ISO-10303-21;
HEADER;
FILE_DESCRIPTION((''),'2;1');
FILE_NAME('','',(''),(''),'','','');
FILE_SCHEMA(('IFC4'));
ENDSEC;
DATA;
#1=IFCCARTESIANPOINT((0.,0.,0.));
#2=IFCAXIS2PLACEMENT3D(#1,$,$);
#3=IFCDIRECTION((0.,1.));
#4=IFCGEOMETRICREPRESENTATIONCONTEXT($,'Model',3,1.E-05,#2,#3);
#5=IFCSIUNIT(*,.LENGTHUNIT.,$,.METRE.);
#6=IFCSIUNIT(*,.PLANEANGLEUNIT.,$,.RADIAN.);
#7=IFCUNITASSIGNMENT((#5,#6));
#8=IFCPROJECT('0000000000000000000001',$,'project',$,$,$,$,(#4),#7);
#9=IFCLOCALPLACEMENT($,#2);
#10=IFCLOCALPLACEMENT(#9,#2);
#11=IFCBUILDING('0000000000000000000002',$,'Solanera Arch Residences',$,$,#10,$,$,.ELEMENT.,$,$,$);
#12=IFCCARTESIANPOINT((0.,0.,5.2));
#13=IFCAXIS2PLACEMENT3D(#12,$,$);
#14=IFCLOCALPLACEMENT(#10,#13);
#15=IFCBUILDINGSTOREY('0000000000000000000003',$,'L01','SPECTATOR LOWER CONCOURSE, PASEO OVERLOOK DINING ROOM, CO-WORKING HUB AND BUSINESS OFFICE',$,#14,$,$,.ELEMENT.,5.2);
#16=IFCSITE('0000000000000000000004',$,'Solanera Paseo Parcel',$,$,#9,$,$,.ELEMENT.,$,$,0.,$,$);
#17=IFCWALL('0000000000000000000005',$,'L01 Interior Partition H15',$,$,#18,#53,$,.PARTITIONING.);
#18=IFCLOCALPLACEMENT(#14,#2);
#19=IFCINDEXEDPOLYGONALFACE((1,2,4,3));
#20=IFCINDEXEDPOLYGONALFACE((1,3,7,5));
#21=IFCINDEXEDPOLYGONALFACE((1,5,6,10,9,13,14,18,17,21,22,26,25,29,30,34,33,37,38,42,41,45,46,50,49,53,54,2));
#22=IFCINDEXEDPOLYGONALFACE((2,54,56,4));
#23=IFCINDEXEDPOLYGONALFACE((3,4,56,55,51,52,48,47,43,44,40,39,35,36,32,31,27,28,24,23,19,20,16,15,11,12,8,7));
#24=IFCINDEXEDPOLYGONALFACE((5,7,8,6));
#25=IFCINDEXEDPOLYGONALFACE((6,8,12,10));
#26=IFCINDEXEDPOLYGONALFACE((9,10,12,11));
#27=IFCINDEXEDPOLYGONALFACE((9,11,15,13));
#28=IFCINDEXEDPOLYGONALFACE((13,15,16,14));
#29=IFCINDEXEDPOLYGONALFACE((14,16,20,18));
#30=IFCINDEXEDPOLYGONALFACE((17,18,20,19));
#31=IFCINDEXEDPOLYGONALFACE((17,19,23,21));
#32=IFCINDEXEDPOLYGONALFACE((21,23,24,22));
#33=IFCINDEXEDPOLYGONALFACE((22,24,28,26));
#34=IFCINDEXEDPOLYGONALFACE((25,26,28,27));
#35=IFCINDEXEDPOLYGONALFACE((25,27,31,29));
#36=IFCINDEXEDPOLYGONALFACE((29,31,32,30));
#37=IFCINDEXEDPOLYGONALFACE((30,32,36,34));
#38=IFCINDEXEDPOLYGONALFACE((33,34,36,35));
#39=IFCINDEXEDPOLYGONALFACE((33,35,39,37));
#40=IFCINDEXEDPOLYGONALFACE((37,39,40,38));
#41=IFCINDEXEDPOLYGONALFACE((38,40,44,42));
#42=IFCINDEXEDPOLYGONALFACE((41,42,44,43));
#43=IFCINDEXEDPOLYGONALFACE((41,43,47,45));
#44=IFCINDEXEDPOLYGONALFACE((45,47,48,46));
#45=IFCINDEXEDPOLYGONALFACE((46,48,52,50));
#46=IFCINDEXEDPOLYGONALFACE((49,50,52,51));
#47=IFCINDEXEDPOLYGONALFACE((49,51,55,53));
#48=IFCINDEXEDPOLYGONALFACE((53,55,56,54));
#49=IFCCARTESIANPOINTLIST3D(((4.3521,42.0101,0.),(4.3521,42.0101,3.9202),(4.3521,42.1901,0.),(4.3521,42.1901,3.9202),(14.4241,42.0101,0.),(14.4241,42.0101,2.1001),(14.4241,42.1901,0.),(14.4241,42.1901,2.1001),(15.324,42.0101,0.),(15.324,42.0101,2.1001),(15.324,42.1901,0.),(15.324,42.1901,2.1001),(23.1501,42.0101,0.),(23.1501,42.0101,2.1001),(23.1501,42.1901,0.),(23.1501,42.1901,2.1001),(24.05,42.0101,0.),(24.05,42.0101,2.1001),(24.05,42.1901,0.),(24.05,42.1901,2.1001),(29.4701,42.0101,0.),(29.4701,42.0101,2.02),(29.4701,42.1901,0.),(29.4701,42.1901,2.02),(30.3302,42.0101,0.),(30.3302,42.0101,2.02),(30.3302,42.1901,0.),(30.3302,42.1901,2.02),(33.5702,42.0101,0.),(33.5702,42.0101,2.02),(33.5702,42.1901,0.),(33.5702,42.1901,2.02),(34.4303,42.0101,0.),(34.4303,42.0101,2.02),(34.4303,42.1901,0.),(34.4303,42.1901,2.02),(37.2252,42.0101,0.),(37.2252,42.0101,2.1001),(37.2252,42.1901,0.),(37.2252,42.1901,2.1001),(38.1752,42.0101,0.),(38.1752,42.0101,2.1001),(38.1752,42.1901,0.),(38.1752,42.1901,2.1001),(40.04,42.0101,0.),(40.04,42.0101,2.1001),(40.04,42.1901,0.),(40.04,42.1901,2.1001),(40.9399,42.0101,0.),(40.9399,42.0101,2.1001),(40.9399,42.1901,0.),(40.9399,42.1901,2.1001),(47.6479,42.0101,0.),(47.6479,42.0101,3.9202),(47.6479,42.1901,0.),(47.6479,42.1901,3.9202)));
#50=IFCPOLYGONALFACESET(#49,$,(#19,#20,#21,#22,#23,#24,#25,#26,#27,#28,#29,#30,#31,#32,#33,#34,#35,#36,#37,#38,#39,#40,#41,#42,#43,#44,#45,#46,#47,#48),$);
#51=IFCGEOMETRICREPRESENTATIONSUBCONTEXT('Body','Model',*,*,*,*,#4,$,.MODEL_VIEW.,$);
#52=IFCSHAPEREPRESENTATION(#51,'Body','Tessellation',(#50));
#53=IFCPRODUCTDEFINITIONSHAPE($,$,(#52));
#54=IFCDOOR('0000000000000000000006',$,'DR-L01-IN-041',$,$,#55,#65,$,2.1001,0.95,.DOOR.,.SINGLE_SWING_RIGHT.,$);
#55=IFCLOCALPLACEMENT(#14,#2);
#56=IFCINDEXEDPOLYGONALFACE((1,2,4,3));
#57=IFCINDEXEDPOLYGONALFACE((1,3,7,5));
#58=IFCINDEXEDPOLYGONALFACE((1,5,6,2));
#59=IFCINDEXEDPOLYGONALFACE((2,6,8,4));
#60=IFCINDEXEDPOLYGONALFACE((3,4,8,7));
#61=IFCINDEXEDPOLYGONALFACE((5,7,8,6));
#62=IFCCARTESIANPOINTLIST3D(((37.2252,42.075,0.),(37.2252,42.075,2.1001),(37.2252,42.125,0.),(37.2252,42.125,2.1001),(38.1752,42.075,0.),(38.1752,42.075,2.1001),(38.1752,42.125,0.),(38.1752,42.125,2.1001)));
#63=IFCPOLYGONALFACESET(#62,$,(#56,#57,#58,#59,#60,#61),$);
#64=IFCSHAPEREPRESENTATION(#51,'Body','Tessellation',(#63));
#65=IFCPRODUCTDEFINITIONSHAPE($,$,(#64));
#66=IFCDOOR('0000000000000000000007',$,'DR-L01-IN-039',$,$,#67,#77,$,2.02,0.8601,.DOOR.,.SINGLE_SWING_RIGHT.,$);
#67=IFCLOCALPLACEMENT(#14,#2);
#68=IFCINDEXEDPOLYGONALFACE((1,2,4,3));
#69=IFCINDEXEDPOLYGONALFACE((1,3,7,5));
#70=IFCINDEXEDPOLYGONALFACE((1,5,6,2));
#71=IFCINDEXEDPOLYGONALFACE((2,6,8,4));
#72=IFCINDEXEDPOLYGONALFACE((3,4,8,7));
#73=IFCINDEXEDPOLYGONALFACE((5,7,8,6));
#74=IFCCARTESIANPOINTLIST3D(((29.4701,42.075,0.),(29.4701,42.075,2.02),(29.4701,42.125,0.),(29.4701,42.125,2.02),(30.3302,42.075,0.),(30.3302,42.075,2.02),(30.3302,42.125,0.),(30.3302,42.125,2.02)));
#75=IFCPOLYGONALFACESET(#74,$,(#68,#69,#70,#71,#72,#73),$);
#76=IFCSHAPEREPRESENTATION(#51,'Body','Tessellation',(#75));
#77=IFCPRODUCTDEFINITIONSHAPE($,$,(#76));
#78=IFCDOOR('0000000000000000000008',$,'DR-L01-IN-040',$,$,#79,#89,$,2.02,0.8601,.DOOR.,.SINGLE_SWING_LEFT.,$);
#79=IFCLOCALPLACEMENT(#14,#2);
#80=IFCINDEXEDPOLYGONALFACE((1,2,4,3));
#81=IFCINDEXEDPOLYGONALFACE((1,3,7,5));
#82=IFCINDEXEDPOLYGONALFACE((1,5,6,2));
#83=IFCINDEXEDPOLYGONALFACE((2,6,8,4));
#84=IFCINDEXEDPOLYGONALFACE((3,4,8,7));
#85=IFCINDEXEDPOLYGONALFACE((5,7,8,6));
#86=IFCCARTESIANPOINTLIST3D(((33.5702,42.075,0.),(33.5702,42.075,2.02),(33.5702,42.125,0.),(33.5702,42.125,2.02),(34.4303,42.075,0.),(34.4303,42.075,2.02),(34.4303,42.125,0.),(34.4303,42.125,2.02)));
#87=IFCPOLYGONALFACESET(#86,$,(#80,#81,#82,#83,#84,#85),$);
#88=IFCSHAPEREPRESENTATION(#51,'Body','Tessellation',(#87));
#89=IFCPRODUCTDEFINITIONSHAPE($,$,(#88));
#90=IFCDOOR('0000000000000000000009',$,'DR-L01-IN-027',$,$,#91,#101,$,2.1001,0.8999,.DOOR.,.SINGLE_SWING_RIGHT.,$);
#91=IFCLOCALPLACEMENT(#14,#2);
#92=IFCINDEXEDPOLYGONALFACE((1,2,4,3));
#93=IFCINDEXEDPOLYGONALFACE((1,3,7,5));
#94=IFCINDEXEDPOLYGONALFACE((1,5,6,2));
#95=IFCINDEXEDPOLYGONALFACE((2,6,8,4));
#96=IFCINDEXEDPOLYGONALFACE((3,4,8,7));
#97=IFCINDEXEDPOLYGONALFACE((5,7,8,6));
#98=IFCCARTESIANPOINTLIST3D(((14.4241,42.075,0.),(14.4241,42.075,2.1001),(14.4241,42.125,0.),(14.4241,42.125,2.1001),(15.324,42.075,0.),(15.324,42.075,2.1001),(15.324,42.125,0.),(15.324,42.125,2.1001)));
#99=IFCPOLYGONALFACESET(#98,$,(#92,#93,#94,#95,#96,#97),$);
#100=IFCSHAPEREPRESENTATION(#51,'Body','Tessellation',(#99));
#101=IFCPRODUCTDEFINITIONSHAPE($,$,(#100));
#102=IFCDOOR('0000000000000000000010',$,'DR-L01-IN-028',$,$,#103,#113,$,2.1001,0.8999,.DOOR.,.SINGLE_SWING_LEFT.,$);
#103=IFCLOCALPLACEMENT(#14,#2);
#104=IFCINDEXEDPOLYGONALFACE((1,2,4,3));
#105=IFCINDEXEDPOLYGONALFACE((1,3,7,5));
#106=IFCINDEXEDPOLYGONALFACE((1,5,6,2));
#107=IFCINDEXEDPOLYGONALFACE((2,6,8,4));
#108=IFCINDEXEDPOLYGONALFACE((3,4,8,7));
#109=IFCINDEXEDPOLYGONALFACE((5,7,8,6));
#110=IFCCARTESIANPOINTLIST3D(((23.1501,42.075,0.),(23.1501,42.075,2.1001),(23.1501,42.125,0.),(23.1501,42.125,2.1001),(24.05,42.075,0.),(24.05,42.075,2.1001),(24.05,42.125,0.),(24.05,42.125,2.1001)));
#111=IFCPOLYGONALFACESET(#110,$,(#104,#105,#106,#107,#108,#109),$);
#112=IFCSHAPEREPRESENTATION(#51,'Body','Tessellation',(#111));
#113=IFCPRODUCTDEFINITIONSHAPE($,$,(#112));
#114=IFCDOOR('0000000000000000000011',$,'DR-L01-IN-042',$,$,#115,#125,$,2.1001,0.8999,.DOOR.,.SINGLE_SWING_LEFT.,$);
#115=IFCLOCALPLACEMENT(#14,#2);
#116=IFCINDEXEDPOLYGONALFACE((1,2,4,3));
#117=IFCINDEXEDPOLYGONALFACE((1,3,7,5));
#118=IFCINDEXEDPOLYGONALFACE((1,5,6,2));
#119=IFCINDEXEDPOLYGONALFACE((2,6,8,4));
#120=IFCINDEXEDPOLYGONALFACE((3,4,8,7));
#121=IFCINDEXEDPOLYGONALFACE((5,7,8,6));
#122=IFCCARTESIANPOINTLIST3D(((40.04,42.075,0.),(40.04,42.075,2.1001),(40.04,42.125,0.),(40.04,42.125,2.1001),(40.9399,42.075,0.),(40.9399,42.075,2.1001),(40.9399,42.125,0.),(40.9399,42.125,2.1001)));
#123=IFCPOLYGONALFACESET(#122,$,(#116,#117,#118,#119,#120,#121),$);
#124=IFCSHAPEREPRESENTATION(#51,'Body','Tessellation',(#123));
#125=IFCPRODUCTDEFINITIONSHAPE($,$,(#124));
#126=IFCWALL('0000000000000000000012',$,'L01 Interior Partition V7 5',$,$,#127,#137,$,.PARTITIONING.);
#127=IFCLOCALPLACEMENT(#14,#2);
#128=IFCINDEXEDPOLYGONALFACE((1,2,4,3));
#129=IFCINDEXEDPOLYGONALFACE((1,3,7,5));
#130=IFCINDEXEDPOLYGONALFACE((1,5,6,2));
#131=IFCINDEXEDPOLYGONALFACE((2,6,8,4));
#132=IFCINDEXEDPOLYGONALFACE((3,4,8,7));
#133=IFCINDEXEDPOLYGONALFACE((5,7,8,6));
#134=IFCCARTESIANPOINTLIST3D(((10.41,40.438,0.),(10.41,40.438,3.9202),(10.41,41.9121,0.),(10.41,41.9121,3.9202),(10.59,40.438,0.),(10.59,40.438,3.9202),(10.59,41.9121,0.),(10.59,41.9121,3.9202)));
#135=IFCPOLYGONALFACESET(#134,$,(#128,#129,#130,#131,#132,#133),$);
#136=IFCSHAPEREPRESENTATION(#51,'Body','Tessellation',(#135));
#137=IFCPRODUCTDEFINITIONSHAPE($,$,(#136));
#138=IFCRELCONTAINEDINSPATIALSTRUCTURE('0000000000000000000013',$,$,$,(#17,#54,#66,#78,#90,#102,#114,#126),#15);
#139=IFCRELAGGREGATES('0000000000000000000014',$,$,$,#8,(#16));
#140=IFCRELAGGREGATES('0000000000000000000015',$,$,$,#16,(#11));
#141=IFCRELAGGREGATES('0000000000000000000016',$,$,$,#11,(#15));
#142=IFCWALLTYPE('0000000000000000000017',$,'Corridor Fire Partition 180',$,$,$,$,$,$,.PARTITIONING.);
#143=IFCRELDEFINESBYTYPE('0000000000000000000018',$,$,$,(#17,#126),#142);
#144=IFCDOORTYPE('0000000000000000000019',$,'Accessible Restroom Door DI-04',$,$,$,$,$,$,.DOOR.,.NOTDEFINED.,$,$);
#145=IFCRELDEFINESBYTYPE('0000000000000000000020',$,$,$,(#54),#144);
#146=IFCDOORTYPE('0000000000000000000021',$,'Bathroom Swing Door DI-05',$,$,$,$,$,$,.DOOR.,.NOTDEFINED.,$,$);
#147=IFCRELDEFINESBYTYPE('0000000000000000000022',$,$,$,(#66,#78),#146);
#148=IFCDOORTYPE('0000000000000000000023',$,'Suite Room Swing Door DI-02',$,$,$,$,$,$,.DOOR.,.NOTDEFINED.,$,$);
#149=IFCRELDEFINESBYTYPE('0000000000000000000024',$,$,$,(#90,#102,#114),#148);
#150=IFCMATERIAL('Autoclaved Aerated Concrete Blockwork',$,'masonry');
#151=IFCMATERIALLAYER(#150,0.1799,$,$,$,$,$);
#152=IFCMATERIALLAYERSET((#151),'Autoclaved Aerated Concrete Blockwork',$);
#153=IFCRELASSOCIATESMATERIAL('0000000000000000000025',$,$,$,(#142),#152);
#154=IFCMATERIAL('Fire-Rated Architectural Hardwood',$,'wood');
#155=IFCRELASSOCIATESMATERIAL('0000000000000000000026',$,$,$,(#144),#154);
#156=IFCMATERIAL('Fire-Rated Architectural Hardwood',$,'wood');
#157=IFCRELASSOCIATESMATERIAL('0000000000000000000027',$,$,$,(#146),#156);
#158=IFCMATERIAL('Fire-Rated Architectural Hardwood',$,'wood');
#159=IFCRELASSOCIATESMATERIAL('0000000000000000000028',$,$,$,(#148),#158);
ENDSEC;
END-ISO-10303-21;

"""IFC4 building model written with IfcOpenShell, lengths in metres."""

from ifc_helpers import new_model, si_unit, direction, frame, frame_2d, origin, place, context, subcontext, project, spatial, rectangle, extrude, material, layer, layer_set, type_object, element, fill, save


model = new_model("IFC4")

# Units and contexts
model_context = context("Model", 3, precision=1e-05, world=origin(), true_north=direction((0.0, 1.0)))
body_context = subcontext(model_context, "Body", "Model", "MODEL_VIEW")
ifc_project = project(units=[si_unit("LENGTHUNIT", "METRE"), si_unit("PLANEANGLEUNIT", "RADIAN")], contexts=[model_context])

# Site, building, storey
site_placement = place(None, origin())
site = spatial("IfcSite", under=ifc_project, at=site_placement, Name="Solanera Paseo Parcel", CompositionType="ELEMENT", RefElevation=0.0)
building_placement = place(site_placement, origin())
building = spatial("IfcBuilding", under=site, at=building_placement, Name="Solanera Arch Residences", CompositionType="ELEMENT")
storey_placement = place(building_placement, frame((0.0, 0.0, 5.2)))
storey = spatial("IfcBuildingStorey", under=building, at=storey_placement, Name="L01", Description="SPECTATOR LOWER CONCOURSE, PASEO OVERLOOK DINING ROOM, CO-WORKING HUB AND BUSINESS OFFICE", CompositionType="ELEMENT", Elevation=5.2)

# Wall, openings, doors
ifc_material_1 = material(Name="Autoclaved Aerated Concrete Blockwork", Category="masonry")
ifc_layer_1 = layer(ifc_material_1, 0.1799)
ifc_layer_set_1 = layer_set([ifc_layer_1], Name="Autoclaved Aerated Concrete Blockwork")
wall_type_1 = type_object("IfcWallType", Name="Corridor Fire Partition 180", PredefinedType="PARTITIONING", material=ifc_layer_set_1)
wall_1_placement = place(storey_placement, frame((4.3521, 42.1001, 0.0), z_axis=(0.0, 0.0, 1.0), x_axis=(1.0, 0.0, 0.0)))
wall_1 = element("IfcWall", 1, at=wall_1_placement, inside=storey, type_object=wall_type_1, Name="L01 Interior Partition H15", PredefinedType="PARTITIONING", context=body_context, shape_type="SweptSolid", body=[
    extrude(rectangle(XDim=43.2959, YDim=0.1799, at=frame_2d((21.6479, 0.0))), origin(), (0.0, 0.0, 1.0), 3.9202),
])
opening_1_placement = place(wall_1_placement, frame((10.072, 0.0, 0.0)))
opening_1 = element("IfcOpeningElement", 2, at=opening_1_placement, cuts=wall_1, PredefinedType="OPENING", context=body_context, shape_type="SweptSolid", body=[
    extrude(rectangle(XDim=0.8999, YDim=2.1001, at=frame_2d((0.45, 1.05))), frame((0.0, 0.1001, 0.0), z_axis=(0.0, -1.0, 0.0), x_axis=(1.0, 0.0, 0.0)), (0.0, 0.0, 1.0), 0.1999),
])
opening_2_placement = place(wall_1_placement, frame((18.7981, 0.0, 0.0)))
opening_2 = element("IfcOpeningElement", 3, at=opening_2_placement, cuts=wall_1, PredefinedType="OPENING", context=body_context, shape_type="SweptSolid", body=[
    extrude(rectangle(XDim=0.8999, YDim=2.1001, at=frame_2d((0.45, 1.05))), frame((0.0, 0.1001, 0.0), z_axis=(0.0, -1.0, 0.0), x_axis=(1.0, 0.0, 0.0)), (0.0, 0.0, 1.0), 0.1999),
])
opening_3_placement = place(wall_1_placement, frame((25.1179, 0.0, 0.0)))
opening_3 = element("IfcOpeningElement", 4, at=opening_3_placement, cuts=wall_1, PredefinedType="OPENING", context=body_context, shape_type="SweptSolid", body=[
    extrude(rectangle(XDim=0.8601, YDim=2.02, at=frame_2d((0.4302, 1.01))), frame((0.0, 0.1001, 0.0), z_axis=(0.0, -1.0, 0.0), x_axis=(1.0, 0.0, 0.0)), (0.0, 0.0, 1.0), 0.1999),
])
opening_4_placement = place(wall_1_placement, frame((29.218, 0.0, 0.0)))
opening_4 = element("IfcOpeningElement", 5, at=opening_4_placement, cuts=wall_1, PredefinedType="OPENING", context=body_context, shape_type="SweptSolid", body=[
    extrude(rectangle(XDim=0.8601, YDim=2.02, at=frame_2d((0.4302, 1.01))), frame((0.0, 0.1001, 0.0), z_axis=(0.0, -1.0, 0.0), x_axis=(1.0, 0.0, 0.0)), (0.0, 0.0, 1.0), 0.1999),
])
opening_5_placement = place(wall_1_placement, frame((32.873, 0.0, 0.0)))
opening_5 = element("IfcOpeningElement", 6, at=opening_5_placement, cuts=wall_1, PredefinedType="OPENING", context=body_context, shape_type="SweptSolid", body=[
    extrude(rectangle(XDim=0.95, YDim=2.1001, at=frame_2d((0.4751, 1.05))), frame((0.0, 0.1001, 0.0), z_axis=(0.0, -1.0, 0.0), x_axis=(1.0, 0.0, 0.0)), (0.0, 0.0, 1.0), 0.1999),
])
opening_6_placement = place(wall_1_placement, frame((35.688, 0.0, 0.0)))
opening_6 = element("IfcOpeningElement", 7, at=opening_6_placement, cuts=wall_1, PredefinedType="OPENING", context=body_context, shape_type="SweptSolid", body=[
    extrude(rectangle(XDim=0.8999, YDim=2.1001, at=frame_2d((0.45, 1.05))), frame((0.0, 0.1001, 0.0), z_axis=(0.0, -1.0, 0.0), x_axis=(1.0, 0.0, 0.0)), (0.0, 0.0, 1.0), 0.1999),
])
ifc_material_2 = material(Name="Fire-Rated Architectural Hardwood", Category="wood")
door_type_1 = type_object("IfcDoorType", Name="Accessible Restroom Door DI-04", OperationType="NOTDEFINED", PredefinedType="DOOR", material=ifc_material_2)
door_1_placement = place(opening_5_placement, origin())
door_1 = element("IfcDoor", 8, at=door_1_placement, inside=storey, type_object=door_type_1, Name="DR-L01-IN-041", OperationType="SINGLE_SWING_RIGHT", OverallHeight=2.1001, OverallWidth=0.95, PredefinedType="DOOR", context=body_context, shape_type="SweptSolid", body=[
    extrude(rectangle(XDim=0.95, YDim=2.1001, at=frame_2d((0.4751, 1.05))), frame((0.0, 0.0249, 0.0), z_axis=(0.0, -1.0, 0.0), x_axis=(1.0, 0.0, 0.0)), (0.0, 0.0, 1.0), 0.05),
])
fill(opening_5, door_1)
ifc_material_3 = material(Name="Fire-Rated Architectural Hardwood", Category="wood")
door_type_2 = type_object("IfcDoorType", Name="Bathroom Swing Door DI-05", OperationType="NOTDEFINED", PredefinedType="DOOR", material=ifc_material_3)
door_2_placement = place(opening_3_placement, origin())
door_2 = element("IfcDoor", 9, at=door_2_placement, inside=storey, type_object=door_type_2, Name="DR-L01-IN-039", OperationType="SINGLE_SWING_RIGHT", OverallHeight=2.02, OverallWidth=0.8601, PredefinedType="DOOR", context=body_context, shape_type="SweptSolid", body=[
    extrude(rectangle(XDim=0.8601, YDim=2.02, at=frame_2d((0.4302, 1.01))), frame((0.0, 0.0249, 0.0), z_axis=(0.0, -1.0, 0.0), x_axis=(1.0, 0.0, 0.0)), (0.0, 0.0, 1.0), 0.05),
])
fill(opening_3, door_2)
door_3_placement = place(opening_4_placement, origin())
door_3 = element("IfcDoor", 10, at=door_3_placement, inside=storey, type_object=door_type_2, Name="DR-L01-IN-040", OperationType="SINGLE_SWING_LEFT", OverallHeight=2.02, OverallWidth=0.8601, PredefinedType="DOOR", context=body_context, shape_type="SweptSolid", body=[
    extrude(rectangle(XDim=0.8601, YDim=2.02, at=frame_2d((0.4302, 1.01))), frame((0.0, 0.0249, 0.0), z_axis=(0.0, -1.0, 0.0), x_axis=(1.0, 0.0, 0.0)), (0.0, 0.0, 1.0), 0.05),
])
fill(opening_4, door_3)
ifc_material_4 = material(Name="Fire-Rated Architectural Hardwood", Category="wood")
door_type_3 = type_object("IfcDoorType", Name="Suite Room Swing Door DI-02", OperationType="NOTDEFINED", PredefinedType="DOOR", material=ifc_material_4)
door_4_placement = place(opening_1_placement, origin())
door_4 = element("IfcDoor", 11, at=door_4_placement, inside=storey, type_object=door_type_3, Name="DR-L01-IN-027", OperationType="SINGLE_SWING_RIGHT", OverallHeight=2.1001, OverallWidth=0.8999, PredefinedType="DOOR", context=body_context, shape_type="SweptSolid", body=[
    extrude(rectangle(XDim=0.8999, YDim=2.1001, at=frame_2d((0.45, 1.05))), frame((0.0, 0.0249, 0.0), z_axis=(0.0, -1.0, 0.0), x_axis=(1.0, 0.0, 0.0)), (0.0, 0.0, 1.0), 0.05),
])
fill(opening_1, door_4)
door_5_placement = place(opening_2_placement, origin())
door_5 = element("IfcDoor", 12, at=door_5_placement, inside=storey, type_object=door_type_3, Name="DR-L01-IN-028", OperationType="SINGLE_SWING_LEFT", OverallHeight=2.1001, OverallWidth=0.8999, PredefinedType="DOOR", context=body_context, shape_type="SweptSolid", body=[
    extrude(rectangle(XDim=0.8999, YDim=2.1001, at=frame_2d((0.45, 1.05))), frame((0.0, 0.0249, 0.0), z_axis=(0.0, -1.0, 0.0), x_axis=(1.0, 0.0, 0.0)), (0.0, 0.0, 1.0), 0.05),
])
fill(opening_2, door_5)
door_6_placement = place(opening_6_placement, origin())
door_6 = element("IfcDoor", 13, at=door_6_placement, inside=storey, type_object=door_type_3, Name="DR-L01-IN-042", OperationType="SINGLE_SWING_LEFT", OverallHeight=2.1001, OverallWidth=0.8999, PredefinedType="DOOR", context=body_context, shape_type="SweptSolid", body=[
    extrude(rectangle(XDim=0.8999, YDim=2.1001, at=frame_2d((0.45, 1.05))), frame((0.0, 0.0249, 0.0), z_axis=(0.0, -1.0, 0.0), x_axis=(1.0, 0.0, 0.0)), (0.0, 0.0, 1.0), 0.05),
])
fill(opening_6, door_6)

# Wall
wall_2_placement = place(storey_placement, frame((10.5, 40.438, 0.0), z_axis=(0.0, 0.0, 1.0), x_axis=(0.0, 1.0, 0.0)))
element("IfcWall", 14, at=wall_2_placement, inside=storey, type_object=wall_type_1, Name="L01 Interior Partition V7 5", PredefinedType="PARTITIONING", context=body_context, shape_type="SweptSolid", body=[
    extrude(rectangle(XDim=1.4741, YDim=0.1799, at=frame_2d((0.7371, 0.0))), origin(), (0.0, 0.0, 1.0), 3.9202),
])

save(model, "model.ifc")
